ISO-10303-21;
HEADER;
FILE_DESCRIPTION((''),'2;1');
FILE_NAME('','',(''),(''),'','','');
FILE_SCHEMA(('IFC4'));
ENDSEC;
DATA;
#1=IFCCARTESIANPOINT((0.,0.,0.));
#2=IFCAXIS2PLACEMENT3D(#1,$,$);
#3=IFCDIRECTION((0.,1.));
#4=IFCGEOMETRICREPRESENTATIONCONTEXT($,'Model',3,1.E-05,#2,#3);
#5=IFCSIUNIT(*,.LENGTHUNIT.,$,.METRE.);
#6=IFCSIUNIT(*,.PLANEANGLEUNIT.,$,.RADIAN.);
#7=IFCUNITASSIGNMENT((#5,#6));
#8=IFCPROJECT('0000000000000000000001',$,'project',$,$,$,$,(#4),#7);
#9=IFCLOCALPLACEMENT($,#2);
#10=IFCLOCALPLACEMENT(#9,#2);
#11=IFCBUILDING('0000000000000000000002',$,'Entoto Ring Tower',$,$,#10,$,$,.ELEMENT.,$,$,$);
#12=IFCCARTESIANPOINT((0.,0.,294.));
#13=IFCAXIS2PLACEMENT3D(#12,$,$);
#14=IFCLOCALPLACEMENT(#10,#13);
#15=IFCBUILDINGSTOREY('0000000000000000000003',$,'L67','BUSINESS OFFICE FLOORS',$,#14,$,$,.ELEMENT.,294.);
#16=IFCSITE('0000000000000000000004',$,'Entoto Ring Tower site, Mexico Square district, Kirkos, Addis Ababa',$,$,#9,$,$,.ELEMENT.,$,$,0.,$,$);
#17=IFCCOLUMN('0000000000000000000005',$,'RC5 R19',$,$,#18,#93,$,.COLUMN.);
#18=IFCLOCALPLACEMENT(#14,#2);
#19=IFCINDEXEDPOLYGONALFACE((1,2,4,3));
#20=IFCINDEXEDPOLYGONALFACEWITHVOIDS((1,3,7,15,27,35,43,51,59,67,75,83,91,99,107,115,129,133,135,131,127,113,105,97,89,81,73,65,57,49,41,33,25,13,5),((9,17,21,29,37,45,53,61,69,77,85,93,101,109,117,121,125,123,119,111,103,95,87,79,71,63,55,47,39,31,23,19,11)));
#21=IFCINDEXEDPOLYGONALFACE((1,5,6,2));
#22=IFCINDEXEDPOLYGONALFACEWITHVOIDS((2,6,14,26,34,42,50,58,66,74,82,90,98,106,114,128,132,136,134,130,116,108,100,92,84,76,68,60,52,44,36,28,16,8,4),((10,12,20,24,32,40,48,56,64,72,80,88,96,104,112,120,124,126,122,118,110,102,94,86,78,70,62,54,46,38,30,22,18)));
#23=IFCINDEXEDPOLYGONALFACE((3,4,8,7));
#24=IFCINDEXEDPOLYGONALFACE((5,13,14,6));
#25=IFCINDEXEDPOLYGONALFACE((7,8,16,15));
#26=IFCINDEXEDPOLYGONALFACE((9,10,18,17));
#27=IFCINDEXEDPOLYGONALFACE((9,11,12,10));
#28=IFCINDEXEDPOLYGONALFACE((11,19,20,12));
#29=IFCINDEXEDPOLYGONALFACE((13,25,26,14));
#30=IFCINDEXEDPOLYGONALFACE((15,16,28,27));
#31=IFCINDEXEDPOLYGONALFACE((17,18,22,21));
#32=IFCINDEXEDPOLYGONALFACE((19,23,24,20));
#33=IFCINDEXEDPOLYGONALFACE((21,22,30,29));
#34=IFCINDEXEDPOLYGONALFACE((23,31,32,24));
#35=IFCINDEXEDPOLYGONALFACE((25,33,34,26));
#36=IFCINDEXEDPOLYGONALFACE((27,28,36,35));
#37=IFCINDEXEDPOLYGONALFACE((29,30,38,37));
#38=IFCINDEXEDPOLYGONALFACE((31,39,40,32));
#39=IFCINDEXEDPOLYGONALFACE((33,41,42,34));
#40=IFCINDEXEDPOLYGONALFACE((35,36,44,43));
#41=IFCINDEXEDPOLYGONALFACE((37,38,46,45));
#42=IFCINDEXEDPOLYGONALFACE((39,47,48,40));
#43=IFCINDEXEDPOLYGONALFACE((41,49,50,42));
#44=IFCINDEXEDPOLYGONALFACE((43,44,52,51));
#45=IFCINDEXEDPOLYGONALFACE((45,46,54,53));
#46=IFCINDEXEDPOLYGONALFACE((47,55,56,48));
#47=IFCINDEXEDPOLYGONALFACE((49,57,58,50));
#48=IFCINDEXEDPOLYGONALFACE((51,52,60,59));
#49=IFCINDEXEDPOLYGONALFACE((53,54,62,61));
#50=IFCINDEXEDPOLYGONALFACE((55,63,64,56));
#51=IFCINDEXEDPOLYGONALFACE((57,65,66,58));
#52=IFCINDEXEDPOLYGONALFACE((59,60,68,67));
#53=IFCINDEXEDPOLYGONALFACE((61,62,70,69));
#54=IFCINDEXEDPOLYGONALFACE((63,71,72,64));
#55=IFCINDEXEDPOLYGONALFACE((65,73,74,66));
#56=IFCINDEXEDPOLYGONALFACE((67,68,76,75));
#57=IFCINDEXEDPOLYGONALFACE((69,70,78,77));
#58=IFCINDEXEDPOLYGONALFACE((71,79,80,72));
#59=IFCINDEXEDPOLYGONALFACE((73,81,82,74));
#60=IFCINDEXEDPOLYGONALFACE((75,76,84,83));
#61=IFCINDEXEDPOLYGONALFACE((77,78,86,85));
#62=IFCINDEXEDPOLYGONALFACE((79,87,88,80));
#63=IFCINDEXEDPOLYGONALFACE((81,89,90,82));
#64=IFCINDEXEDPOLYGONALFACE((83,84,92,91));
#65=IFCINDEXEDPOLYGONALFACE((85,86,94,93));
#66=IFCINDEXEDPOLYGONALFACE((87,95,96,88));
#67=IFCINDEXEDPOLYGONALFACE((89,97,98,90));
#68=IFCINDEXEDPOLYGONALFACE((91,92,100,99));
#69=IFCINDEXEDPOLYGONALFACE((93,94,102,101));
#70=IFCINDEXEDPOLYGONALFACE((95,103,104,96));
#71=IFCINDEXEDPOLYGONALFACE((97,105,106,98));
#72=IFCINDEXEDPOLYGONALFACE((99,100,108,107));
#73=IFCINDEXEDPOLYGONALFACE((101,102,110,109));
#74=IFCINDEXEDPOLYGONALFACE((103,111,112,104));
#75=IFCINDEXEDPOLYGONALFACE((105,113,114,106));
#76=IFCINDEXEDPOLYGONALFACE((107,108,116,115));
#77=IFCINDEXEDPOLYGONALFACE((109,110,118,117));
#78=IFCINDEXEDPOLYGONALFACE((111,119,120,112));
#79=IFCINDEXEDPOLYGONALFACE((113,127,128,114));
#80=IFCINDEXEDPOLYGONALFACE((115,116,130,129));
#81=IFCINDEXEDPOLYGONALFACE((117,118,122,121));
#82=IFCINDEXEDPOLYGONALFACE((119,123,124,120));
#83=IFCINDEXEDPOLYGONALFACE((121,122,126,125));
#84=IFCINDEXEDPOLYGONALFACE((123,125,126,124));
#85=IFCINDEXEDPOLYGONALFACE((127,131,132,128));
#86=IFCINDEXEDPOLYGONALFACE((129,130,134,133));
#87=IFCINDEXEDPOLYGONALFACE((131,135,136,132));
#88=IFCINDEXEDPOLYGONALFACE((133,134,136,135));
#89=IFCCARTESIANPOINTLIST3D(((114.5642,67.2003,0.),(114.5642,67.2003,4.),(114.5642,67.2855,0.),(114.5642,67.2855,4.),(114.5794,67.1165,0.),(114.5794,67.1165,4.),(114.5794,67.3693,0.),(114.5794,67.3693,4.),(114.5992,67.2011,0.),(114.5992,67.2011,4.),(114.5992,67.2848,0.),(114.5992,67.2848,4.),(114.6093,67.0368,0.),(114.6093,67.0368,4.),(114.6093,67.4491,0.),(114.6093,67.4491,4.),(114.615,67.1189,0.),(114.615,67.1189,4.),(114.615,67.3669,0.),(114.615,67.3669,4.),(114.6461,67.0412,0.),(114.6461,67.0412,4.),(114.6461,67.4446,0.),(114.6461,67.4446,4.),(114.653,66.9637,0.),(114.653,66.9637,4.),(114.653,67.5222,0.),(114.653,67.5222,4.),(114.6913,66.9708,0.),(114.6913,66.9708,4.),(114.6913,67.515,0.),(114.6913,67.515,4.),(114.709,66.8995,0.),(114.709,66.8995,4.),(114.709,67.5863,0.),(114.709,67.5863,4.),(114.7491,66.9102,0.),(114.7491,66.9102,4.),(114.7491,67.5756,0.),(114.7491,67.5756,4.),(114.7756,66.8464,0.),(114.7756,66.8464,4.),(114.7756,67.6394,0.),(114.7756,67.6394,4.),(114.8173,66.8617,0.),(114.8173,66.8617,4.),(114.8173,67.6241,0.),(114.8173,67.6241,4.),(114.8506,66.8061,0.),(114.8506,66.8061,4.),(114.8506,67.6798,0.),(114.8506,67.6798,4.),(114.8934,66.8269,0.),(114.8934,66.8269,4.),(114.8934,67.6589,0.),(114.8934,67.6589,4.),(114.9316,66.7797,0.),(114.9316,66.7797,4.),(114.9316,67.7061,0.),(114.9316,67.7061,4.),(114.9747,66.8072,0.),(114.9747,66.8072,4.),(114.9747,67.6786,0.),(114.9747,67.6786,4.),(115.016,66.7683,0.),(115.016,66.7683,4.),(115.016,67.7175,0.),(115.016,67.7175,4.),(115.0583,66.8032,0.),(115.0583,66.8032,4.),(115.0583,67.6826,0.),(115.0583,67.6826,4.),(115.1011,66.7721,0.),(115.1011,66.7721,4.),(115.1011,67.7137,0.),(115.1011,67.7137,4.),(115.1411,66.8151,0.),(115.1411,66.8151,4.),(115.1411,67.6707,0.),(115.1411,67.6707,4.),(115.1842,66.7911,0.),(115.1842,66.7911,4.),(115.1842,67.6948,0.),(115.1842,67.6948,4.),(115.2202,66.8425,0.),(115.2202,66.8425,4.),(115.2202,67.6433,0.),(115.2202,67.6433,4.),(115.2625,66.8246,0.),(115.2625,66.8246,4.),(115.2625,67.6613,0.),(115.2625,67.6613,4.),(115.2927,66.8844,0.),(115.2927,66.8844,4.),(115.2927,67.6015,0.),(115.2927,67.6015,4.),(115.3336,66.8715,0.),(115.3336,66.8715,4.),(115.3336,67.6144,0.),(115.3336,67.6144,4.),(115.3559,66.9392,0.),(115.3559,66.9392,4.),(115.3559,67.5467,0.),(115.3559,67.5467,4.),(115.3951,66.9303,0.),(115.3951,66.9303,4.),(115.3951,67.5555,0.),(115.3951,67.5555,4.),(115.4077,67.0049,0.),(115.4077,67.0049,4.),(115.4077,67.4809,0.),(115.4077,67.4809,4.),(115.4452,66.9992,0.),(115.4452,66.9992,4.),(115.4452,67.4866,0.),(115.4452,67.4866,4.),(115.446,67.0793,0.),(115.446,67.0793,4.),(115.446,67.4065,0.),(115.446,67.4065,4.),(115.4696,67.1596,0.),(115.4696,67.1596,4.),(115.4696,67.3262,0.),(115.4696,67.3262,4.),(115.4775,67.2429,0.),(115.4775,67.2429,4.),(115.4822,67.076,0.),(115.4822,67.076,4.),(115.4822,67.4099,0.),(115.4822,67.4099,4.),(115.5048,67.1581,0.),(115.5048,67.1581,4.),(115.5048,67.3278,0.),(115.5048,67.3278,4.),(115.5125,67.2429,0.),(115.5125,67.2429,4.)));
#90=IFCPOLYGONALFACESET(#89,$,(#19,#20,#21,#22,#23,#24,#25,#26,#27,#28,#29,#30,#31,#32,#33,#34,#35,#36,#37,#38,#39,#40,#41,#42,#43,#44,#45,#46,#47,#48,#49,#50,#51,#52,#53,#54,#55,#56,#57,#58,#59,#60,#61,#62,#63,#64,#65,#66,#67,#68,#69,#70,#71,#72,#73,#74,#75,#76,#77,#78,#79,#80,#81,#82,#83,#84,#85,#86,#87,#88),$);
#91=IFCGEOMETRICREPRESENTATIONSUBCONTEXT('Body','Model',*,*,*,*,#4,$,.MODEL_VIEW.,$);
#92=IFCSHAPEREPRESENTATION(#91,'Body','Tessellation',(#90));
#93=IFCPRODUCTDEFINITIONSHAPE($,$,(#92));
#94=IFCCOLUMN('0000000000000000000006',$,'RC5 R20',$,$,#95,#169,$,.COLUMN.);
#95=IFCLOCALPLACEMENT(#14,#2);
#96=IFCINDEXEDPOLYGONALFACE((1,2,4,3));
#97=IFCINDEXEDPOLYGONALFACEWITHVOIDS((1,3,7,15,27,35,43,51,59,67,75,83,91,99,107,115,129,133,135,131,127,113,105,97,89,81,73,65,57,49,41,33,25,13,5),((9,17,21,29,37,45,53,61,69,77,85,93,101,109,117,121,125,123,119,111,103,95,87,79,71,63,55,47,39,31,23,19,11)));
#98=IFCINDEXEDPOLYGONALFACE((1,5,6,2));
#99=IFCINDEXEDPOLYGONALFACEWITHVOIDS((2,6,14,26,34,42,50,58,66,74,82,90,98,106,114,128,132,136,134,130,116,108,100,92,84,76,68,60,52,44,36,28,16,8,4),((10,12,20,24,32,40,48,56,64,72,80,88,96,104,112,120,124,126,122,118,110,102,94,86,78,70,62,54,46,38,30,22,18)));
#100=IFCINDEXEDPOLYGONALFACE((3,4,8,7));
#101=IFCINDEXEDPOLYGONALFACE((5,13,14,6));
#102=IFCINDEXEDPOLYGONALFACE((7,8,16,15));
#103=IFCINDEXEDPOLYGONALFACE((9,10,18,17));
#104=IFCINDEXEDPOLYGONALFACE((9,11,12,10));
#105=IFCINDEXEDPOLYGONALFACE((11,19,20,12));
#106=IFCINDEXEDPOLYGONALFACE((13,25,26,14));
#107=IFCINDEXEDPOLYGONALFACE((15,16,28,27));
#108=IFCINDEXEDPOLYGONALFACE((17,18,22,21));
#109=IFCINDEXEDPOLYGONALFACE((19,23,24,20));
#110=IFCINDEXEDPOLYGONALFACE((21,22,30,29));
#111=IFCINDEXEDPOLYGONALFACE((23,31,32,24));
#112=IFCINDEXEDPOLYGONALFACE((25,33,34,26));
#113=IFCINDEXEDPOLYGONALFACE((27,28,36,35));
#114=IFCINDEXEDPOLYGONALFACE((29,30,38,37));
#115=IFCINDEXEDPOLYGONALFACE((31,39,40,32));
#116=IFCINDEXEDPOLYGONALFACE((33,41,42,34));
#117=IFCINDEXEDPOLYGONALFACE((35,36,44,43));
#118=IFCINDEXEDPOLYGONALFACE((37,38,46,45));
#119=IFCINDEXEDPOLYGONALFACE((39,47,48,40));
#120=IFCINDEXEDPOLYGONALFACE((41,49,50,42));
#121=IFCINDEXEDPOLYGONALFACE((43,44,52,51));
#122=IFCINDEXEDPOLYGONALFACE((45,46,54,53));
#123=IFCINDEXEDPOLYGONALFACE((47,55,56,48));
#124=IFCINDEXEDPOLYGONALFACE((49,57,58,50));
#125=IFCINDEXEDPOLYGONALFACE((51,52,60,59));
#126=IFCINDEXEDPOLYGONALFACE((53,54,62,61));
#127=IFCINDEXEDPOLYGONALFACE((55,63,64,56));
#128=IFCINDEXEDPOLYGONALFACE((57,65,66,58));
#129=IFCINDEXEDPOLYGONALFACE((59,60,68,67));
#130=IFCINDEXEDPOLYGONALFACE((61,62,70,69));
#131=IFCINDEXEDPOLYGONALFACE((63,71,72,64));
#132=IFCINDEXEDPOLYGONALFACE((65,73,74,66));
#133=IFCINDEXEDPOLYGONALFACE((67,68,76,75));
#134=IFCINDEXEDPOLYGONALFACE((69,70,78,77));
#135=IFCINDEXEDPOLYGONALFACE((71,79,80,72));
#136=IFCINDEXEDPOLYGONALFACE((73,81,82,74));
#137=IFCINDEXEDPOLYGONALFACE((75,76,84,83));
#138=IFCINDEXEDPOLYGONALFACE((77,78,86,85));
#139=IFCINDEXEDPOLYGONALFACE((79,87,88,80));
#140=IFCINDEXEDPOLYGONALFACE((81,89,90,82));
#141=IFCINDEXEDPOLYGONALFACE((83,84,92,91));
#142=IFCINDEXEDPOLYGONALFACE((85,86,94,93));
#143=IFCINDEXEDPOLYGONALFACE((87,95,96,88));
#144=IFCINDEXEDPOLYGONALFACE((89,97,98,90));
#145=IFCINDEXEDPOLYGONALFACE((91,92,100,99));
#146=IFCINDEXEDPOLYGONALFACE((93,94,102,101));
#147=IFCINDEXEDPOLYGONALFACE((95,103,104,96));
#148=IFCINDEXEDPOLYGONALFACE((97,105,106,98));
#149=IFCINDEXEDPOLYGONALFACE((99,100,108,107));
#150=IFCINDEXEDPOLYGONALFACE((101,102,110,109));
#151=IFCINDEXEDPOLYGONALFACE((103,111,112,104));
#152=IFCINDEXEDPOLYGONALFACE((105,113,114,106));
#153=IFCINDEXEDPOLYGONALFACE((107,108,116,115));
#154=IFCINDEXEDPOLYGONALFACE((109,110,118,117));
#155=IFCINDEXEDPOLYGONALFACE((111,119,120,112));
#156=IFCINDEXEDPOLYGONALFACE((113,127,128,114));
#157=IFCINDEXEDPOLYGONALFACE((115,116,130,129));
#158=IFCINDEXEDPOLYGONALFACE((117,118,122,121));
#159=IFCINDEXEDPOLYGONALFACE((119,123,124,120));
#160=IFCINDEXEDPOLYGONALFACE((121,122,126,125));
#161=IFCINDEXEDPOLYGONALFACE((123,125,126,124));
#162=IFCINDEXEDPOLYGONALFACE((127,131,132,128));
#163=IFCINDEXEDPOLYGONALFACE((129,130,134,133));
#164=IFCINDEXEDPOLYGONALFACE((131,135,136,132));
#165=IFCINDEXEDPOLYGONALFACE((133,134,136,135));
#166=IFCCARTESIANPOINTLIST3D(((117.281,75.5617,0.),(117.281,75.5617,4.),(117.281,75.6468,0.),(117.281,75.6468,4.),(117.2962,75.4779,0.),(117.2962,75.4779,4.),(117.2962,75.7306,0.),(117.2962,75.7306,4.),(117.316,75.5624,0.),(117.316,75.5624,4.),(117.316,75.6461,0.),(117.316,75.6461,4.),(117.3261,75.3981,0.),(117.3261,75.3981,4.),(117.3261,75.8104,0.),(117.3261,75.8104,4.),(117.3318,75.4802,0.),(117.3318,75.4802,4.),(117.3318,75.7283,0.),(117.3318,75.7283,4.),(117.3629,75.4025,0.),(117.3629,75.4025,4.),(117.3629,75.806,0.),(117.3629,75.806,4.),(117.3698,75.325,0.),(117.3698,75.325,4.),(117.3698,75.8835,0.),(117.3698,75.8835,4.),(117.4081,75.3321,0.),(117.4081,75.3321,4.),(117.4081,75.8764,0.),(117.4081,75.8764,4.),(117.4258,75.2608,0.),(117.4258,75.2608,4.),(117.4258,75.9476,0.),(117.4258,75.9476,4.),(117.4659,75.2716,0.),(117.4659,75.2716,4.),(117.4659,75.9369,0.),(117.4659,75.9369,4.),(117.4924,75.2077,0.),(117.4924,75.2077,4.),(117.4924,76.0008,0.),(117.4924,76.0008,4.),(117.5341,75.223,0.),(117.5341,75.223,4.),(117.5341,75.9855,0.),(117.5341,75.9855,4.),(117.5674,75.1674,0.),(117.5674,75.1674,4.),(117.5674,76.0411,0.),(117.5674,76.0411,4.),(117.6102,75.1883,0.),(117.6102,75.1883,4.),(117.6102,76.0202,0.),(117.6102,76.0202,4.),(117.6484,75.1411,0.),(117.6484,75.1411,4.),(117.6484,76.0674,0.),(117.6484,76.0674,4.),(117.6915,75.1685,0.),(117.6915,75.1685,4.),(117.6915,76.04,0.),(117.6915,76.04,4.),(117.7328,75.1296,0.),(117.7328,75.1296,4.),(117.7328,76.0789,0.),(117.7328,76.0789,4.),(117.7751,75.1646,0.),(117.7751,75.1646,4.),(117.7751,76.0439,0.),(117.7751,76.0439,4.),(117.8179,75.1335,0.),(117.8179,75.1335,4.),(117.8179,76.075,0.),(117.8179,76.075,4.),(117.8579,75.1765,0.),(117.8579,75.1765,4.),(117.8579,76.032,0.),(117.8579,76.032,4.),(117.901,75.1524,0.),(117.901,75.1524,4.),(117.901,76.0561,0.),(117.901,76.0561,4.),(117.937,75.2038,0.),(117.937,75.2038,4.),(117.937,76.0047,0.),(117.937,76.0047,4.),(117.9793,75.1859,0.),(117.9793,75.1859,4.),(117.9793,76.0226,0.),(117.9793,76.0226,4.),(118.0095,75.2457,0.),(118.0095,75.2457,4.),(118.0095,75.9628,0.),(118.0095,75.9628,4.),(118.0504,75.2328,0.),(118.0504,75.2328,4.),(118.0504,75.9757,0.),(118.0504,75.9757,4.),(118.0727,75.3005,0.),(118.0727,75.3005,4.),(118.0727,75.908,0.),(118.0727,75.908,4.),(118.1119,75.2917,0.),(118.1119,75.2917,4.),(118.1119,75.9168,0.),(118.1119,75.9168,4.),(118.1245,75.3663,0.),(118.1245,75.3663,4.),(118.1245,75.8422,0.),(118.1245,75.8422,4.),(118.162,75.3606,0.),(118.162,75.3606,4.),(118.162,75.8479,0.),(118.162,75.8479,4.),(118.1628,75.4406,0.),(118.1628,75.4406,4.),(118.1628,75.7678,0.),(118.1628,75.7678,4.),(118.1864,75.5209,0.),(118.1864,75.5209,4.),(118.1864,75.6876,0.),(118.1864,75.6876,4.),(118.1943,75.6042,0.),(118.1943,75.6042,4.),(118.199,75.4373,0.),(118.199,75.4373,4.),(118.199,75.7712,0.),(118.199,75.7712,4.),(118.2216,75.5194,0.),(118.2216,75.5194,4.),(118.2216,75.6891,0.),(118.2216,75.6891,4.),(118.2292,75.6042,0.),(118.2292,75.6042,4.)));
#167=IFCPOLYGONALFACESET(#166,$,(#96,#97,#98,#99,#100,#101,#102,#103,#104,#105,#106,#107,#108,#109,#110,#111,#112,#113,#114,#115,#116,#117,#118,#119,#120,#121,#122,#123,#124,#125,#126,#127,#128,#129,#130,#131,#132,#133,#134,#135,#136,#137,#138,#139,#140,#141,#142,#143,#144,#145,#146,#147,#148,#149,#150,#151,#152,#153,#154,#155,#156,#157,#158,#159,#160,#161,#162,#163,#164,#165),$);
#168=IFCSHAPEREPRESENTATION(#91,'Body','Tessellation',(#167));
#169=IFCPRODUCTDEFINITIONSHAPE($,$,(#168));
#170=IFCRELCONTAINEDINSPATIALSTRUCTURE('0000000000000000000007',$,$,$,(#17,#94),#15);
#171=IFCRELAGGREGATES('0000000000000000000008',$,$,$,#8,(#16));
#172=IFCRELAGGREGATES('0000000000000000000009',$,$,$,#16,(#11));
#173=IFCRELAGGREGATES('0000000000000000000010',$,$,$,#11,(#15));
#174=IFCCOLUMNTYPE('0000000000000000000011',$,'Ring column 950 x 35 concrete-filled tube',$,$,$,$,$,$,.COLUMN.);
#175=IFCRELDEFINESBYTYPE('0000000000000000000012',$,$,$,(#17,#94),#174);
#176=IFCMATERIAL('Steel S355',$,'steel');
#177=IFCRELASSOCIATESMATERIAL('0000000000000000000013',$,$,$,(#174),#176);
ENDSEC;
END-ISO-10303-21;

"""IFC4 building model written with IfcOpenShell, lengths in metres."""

from ifc_helpers import new_model, si_unit, direction, frame, origin, origin_2d, place, context, subcontext, project, spatial, circle, hollow_circle, extrude, material, material_profile, profile_set, type_object, element, save


model = new_model("IFC4")

# Units and contexts
model_context = context("Model", 3, precision=1e-05, world=origin(), true_north=direction((0.0, 1.0)))
body_context = subcontext(model_context, "Body", "Model", "MODEL_VIEW")
ifc_project = project(units=[si_unit("LENGTHUNIT", "METRE"), si_unit("PLANEANGLEUNIT", "RADIAN")], contexts=[model_context])

# Site, building, storey
site_placement = place(None, origin())
site = spatial("IfcSite", under=ifc_project, at=site_placement, Name="Entoto Ring Tower site, Mexico Square district, Kirkos, Addis Ababa", CompositionType="ELEMENT", RefElevation=0.0)
building_placement = place(site_placement, origin())
building = spatial("IfcBuilding", under=site, at=building_placement, Name="Entoto Ring Tower", CompositionType="ELEMENT")
storey_placement = place(building_placement, frame((0.0, 0.0, 294.0)))
storey = spatial("IfcBuildingStorey", under=building, at=storey_placement, Name="L67", Description="BUSINESS OFFICE FLOORS", CompositionType="ELEMENT", Elevation=294.0)

# Columns
ifc_material_1 = material(Name="Steel S355", Category="steel")
ifc_material_profile_1 = material_profile(ifc_material_1, hollow_circle(Radius=0.4751, WallThickness=0.0349, at=origin_2d()), Name="CHS 950 x 35")
ifc_material_2 = material(Name="Concrete C60/75", Category="concrete")
ifc_material_profile_2 = material_profile(ifc_material_2, circle(Radius=0.4399, at=origin_2d()), Name="Concrete C60/75 infill")
ifc_profile_set_1 = profile_set([ifc_material_profile_1, ifc_material_profile_2], Name="Steel S355")
column_type = type_object("IfcColumnType", Name="Ring column 950 x 35 concrete-filled tube", PredefinedType="COLUMN", material=ifc_profile_set_1)
for number, where, z_axis, x_axis, name in (
    (1, (115.0374, 67.2429, 0.0), (0.0, 0.0, 1.0), (1.0, 0.0, 0.0), "RC5 R19"),
    (2, (117.7542, 75.6042, 0.0), (0.0, 0.0, 1.0), (1.0, 0.0, 0.0), "RC5 R20"),
):
    element("IfcColumn", number, at=place(storey_placement, frame(where, z_axis=z_axis, x_axis=x_axis)), inside=storey, type_object=column_type, Name=name, PredefinedType="COLUMN", context=body_context, shape_type="SweptSolid", body=[
        extrude(hollow_circle(Radius=0.4751, WallThickness=0.0349, at=origin_2d()), origin(), (0.0, 0.0, 1.0), 4.0),
    ])

save(model, "model.ifc")
